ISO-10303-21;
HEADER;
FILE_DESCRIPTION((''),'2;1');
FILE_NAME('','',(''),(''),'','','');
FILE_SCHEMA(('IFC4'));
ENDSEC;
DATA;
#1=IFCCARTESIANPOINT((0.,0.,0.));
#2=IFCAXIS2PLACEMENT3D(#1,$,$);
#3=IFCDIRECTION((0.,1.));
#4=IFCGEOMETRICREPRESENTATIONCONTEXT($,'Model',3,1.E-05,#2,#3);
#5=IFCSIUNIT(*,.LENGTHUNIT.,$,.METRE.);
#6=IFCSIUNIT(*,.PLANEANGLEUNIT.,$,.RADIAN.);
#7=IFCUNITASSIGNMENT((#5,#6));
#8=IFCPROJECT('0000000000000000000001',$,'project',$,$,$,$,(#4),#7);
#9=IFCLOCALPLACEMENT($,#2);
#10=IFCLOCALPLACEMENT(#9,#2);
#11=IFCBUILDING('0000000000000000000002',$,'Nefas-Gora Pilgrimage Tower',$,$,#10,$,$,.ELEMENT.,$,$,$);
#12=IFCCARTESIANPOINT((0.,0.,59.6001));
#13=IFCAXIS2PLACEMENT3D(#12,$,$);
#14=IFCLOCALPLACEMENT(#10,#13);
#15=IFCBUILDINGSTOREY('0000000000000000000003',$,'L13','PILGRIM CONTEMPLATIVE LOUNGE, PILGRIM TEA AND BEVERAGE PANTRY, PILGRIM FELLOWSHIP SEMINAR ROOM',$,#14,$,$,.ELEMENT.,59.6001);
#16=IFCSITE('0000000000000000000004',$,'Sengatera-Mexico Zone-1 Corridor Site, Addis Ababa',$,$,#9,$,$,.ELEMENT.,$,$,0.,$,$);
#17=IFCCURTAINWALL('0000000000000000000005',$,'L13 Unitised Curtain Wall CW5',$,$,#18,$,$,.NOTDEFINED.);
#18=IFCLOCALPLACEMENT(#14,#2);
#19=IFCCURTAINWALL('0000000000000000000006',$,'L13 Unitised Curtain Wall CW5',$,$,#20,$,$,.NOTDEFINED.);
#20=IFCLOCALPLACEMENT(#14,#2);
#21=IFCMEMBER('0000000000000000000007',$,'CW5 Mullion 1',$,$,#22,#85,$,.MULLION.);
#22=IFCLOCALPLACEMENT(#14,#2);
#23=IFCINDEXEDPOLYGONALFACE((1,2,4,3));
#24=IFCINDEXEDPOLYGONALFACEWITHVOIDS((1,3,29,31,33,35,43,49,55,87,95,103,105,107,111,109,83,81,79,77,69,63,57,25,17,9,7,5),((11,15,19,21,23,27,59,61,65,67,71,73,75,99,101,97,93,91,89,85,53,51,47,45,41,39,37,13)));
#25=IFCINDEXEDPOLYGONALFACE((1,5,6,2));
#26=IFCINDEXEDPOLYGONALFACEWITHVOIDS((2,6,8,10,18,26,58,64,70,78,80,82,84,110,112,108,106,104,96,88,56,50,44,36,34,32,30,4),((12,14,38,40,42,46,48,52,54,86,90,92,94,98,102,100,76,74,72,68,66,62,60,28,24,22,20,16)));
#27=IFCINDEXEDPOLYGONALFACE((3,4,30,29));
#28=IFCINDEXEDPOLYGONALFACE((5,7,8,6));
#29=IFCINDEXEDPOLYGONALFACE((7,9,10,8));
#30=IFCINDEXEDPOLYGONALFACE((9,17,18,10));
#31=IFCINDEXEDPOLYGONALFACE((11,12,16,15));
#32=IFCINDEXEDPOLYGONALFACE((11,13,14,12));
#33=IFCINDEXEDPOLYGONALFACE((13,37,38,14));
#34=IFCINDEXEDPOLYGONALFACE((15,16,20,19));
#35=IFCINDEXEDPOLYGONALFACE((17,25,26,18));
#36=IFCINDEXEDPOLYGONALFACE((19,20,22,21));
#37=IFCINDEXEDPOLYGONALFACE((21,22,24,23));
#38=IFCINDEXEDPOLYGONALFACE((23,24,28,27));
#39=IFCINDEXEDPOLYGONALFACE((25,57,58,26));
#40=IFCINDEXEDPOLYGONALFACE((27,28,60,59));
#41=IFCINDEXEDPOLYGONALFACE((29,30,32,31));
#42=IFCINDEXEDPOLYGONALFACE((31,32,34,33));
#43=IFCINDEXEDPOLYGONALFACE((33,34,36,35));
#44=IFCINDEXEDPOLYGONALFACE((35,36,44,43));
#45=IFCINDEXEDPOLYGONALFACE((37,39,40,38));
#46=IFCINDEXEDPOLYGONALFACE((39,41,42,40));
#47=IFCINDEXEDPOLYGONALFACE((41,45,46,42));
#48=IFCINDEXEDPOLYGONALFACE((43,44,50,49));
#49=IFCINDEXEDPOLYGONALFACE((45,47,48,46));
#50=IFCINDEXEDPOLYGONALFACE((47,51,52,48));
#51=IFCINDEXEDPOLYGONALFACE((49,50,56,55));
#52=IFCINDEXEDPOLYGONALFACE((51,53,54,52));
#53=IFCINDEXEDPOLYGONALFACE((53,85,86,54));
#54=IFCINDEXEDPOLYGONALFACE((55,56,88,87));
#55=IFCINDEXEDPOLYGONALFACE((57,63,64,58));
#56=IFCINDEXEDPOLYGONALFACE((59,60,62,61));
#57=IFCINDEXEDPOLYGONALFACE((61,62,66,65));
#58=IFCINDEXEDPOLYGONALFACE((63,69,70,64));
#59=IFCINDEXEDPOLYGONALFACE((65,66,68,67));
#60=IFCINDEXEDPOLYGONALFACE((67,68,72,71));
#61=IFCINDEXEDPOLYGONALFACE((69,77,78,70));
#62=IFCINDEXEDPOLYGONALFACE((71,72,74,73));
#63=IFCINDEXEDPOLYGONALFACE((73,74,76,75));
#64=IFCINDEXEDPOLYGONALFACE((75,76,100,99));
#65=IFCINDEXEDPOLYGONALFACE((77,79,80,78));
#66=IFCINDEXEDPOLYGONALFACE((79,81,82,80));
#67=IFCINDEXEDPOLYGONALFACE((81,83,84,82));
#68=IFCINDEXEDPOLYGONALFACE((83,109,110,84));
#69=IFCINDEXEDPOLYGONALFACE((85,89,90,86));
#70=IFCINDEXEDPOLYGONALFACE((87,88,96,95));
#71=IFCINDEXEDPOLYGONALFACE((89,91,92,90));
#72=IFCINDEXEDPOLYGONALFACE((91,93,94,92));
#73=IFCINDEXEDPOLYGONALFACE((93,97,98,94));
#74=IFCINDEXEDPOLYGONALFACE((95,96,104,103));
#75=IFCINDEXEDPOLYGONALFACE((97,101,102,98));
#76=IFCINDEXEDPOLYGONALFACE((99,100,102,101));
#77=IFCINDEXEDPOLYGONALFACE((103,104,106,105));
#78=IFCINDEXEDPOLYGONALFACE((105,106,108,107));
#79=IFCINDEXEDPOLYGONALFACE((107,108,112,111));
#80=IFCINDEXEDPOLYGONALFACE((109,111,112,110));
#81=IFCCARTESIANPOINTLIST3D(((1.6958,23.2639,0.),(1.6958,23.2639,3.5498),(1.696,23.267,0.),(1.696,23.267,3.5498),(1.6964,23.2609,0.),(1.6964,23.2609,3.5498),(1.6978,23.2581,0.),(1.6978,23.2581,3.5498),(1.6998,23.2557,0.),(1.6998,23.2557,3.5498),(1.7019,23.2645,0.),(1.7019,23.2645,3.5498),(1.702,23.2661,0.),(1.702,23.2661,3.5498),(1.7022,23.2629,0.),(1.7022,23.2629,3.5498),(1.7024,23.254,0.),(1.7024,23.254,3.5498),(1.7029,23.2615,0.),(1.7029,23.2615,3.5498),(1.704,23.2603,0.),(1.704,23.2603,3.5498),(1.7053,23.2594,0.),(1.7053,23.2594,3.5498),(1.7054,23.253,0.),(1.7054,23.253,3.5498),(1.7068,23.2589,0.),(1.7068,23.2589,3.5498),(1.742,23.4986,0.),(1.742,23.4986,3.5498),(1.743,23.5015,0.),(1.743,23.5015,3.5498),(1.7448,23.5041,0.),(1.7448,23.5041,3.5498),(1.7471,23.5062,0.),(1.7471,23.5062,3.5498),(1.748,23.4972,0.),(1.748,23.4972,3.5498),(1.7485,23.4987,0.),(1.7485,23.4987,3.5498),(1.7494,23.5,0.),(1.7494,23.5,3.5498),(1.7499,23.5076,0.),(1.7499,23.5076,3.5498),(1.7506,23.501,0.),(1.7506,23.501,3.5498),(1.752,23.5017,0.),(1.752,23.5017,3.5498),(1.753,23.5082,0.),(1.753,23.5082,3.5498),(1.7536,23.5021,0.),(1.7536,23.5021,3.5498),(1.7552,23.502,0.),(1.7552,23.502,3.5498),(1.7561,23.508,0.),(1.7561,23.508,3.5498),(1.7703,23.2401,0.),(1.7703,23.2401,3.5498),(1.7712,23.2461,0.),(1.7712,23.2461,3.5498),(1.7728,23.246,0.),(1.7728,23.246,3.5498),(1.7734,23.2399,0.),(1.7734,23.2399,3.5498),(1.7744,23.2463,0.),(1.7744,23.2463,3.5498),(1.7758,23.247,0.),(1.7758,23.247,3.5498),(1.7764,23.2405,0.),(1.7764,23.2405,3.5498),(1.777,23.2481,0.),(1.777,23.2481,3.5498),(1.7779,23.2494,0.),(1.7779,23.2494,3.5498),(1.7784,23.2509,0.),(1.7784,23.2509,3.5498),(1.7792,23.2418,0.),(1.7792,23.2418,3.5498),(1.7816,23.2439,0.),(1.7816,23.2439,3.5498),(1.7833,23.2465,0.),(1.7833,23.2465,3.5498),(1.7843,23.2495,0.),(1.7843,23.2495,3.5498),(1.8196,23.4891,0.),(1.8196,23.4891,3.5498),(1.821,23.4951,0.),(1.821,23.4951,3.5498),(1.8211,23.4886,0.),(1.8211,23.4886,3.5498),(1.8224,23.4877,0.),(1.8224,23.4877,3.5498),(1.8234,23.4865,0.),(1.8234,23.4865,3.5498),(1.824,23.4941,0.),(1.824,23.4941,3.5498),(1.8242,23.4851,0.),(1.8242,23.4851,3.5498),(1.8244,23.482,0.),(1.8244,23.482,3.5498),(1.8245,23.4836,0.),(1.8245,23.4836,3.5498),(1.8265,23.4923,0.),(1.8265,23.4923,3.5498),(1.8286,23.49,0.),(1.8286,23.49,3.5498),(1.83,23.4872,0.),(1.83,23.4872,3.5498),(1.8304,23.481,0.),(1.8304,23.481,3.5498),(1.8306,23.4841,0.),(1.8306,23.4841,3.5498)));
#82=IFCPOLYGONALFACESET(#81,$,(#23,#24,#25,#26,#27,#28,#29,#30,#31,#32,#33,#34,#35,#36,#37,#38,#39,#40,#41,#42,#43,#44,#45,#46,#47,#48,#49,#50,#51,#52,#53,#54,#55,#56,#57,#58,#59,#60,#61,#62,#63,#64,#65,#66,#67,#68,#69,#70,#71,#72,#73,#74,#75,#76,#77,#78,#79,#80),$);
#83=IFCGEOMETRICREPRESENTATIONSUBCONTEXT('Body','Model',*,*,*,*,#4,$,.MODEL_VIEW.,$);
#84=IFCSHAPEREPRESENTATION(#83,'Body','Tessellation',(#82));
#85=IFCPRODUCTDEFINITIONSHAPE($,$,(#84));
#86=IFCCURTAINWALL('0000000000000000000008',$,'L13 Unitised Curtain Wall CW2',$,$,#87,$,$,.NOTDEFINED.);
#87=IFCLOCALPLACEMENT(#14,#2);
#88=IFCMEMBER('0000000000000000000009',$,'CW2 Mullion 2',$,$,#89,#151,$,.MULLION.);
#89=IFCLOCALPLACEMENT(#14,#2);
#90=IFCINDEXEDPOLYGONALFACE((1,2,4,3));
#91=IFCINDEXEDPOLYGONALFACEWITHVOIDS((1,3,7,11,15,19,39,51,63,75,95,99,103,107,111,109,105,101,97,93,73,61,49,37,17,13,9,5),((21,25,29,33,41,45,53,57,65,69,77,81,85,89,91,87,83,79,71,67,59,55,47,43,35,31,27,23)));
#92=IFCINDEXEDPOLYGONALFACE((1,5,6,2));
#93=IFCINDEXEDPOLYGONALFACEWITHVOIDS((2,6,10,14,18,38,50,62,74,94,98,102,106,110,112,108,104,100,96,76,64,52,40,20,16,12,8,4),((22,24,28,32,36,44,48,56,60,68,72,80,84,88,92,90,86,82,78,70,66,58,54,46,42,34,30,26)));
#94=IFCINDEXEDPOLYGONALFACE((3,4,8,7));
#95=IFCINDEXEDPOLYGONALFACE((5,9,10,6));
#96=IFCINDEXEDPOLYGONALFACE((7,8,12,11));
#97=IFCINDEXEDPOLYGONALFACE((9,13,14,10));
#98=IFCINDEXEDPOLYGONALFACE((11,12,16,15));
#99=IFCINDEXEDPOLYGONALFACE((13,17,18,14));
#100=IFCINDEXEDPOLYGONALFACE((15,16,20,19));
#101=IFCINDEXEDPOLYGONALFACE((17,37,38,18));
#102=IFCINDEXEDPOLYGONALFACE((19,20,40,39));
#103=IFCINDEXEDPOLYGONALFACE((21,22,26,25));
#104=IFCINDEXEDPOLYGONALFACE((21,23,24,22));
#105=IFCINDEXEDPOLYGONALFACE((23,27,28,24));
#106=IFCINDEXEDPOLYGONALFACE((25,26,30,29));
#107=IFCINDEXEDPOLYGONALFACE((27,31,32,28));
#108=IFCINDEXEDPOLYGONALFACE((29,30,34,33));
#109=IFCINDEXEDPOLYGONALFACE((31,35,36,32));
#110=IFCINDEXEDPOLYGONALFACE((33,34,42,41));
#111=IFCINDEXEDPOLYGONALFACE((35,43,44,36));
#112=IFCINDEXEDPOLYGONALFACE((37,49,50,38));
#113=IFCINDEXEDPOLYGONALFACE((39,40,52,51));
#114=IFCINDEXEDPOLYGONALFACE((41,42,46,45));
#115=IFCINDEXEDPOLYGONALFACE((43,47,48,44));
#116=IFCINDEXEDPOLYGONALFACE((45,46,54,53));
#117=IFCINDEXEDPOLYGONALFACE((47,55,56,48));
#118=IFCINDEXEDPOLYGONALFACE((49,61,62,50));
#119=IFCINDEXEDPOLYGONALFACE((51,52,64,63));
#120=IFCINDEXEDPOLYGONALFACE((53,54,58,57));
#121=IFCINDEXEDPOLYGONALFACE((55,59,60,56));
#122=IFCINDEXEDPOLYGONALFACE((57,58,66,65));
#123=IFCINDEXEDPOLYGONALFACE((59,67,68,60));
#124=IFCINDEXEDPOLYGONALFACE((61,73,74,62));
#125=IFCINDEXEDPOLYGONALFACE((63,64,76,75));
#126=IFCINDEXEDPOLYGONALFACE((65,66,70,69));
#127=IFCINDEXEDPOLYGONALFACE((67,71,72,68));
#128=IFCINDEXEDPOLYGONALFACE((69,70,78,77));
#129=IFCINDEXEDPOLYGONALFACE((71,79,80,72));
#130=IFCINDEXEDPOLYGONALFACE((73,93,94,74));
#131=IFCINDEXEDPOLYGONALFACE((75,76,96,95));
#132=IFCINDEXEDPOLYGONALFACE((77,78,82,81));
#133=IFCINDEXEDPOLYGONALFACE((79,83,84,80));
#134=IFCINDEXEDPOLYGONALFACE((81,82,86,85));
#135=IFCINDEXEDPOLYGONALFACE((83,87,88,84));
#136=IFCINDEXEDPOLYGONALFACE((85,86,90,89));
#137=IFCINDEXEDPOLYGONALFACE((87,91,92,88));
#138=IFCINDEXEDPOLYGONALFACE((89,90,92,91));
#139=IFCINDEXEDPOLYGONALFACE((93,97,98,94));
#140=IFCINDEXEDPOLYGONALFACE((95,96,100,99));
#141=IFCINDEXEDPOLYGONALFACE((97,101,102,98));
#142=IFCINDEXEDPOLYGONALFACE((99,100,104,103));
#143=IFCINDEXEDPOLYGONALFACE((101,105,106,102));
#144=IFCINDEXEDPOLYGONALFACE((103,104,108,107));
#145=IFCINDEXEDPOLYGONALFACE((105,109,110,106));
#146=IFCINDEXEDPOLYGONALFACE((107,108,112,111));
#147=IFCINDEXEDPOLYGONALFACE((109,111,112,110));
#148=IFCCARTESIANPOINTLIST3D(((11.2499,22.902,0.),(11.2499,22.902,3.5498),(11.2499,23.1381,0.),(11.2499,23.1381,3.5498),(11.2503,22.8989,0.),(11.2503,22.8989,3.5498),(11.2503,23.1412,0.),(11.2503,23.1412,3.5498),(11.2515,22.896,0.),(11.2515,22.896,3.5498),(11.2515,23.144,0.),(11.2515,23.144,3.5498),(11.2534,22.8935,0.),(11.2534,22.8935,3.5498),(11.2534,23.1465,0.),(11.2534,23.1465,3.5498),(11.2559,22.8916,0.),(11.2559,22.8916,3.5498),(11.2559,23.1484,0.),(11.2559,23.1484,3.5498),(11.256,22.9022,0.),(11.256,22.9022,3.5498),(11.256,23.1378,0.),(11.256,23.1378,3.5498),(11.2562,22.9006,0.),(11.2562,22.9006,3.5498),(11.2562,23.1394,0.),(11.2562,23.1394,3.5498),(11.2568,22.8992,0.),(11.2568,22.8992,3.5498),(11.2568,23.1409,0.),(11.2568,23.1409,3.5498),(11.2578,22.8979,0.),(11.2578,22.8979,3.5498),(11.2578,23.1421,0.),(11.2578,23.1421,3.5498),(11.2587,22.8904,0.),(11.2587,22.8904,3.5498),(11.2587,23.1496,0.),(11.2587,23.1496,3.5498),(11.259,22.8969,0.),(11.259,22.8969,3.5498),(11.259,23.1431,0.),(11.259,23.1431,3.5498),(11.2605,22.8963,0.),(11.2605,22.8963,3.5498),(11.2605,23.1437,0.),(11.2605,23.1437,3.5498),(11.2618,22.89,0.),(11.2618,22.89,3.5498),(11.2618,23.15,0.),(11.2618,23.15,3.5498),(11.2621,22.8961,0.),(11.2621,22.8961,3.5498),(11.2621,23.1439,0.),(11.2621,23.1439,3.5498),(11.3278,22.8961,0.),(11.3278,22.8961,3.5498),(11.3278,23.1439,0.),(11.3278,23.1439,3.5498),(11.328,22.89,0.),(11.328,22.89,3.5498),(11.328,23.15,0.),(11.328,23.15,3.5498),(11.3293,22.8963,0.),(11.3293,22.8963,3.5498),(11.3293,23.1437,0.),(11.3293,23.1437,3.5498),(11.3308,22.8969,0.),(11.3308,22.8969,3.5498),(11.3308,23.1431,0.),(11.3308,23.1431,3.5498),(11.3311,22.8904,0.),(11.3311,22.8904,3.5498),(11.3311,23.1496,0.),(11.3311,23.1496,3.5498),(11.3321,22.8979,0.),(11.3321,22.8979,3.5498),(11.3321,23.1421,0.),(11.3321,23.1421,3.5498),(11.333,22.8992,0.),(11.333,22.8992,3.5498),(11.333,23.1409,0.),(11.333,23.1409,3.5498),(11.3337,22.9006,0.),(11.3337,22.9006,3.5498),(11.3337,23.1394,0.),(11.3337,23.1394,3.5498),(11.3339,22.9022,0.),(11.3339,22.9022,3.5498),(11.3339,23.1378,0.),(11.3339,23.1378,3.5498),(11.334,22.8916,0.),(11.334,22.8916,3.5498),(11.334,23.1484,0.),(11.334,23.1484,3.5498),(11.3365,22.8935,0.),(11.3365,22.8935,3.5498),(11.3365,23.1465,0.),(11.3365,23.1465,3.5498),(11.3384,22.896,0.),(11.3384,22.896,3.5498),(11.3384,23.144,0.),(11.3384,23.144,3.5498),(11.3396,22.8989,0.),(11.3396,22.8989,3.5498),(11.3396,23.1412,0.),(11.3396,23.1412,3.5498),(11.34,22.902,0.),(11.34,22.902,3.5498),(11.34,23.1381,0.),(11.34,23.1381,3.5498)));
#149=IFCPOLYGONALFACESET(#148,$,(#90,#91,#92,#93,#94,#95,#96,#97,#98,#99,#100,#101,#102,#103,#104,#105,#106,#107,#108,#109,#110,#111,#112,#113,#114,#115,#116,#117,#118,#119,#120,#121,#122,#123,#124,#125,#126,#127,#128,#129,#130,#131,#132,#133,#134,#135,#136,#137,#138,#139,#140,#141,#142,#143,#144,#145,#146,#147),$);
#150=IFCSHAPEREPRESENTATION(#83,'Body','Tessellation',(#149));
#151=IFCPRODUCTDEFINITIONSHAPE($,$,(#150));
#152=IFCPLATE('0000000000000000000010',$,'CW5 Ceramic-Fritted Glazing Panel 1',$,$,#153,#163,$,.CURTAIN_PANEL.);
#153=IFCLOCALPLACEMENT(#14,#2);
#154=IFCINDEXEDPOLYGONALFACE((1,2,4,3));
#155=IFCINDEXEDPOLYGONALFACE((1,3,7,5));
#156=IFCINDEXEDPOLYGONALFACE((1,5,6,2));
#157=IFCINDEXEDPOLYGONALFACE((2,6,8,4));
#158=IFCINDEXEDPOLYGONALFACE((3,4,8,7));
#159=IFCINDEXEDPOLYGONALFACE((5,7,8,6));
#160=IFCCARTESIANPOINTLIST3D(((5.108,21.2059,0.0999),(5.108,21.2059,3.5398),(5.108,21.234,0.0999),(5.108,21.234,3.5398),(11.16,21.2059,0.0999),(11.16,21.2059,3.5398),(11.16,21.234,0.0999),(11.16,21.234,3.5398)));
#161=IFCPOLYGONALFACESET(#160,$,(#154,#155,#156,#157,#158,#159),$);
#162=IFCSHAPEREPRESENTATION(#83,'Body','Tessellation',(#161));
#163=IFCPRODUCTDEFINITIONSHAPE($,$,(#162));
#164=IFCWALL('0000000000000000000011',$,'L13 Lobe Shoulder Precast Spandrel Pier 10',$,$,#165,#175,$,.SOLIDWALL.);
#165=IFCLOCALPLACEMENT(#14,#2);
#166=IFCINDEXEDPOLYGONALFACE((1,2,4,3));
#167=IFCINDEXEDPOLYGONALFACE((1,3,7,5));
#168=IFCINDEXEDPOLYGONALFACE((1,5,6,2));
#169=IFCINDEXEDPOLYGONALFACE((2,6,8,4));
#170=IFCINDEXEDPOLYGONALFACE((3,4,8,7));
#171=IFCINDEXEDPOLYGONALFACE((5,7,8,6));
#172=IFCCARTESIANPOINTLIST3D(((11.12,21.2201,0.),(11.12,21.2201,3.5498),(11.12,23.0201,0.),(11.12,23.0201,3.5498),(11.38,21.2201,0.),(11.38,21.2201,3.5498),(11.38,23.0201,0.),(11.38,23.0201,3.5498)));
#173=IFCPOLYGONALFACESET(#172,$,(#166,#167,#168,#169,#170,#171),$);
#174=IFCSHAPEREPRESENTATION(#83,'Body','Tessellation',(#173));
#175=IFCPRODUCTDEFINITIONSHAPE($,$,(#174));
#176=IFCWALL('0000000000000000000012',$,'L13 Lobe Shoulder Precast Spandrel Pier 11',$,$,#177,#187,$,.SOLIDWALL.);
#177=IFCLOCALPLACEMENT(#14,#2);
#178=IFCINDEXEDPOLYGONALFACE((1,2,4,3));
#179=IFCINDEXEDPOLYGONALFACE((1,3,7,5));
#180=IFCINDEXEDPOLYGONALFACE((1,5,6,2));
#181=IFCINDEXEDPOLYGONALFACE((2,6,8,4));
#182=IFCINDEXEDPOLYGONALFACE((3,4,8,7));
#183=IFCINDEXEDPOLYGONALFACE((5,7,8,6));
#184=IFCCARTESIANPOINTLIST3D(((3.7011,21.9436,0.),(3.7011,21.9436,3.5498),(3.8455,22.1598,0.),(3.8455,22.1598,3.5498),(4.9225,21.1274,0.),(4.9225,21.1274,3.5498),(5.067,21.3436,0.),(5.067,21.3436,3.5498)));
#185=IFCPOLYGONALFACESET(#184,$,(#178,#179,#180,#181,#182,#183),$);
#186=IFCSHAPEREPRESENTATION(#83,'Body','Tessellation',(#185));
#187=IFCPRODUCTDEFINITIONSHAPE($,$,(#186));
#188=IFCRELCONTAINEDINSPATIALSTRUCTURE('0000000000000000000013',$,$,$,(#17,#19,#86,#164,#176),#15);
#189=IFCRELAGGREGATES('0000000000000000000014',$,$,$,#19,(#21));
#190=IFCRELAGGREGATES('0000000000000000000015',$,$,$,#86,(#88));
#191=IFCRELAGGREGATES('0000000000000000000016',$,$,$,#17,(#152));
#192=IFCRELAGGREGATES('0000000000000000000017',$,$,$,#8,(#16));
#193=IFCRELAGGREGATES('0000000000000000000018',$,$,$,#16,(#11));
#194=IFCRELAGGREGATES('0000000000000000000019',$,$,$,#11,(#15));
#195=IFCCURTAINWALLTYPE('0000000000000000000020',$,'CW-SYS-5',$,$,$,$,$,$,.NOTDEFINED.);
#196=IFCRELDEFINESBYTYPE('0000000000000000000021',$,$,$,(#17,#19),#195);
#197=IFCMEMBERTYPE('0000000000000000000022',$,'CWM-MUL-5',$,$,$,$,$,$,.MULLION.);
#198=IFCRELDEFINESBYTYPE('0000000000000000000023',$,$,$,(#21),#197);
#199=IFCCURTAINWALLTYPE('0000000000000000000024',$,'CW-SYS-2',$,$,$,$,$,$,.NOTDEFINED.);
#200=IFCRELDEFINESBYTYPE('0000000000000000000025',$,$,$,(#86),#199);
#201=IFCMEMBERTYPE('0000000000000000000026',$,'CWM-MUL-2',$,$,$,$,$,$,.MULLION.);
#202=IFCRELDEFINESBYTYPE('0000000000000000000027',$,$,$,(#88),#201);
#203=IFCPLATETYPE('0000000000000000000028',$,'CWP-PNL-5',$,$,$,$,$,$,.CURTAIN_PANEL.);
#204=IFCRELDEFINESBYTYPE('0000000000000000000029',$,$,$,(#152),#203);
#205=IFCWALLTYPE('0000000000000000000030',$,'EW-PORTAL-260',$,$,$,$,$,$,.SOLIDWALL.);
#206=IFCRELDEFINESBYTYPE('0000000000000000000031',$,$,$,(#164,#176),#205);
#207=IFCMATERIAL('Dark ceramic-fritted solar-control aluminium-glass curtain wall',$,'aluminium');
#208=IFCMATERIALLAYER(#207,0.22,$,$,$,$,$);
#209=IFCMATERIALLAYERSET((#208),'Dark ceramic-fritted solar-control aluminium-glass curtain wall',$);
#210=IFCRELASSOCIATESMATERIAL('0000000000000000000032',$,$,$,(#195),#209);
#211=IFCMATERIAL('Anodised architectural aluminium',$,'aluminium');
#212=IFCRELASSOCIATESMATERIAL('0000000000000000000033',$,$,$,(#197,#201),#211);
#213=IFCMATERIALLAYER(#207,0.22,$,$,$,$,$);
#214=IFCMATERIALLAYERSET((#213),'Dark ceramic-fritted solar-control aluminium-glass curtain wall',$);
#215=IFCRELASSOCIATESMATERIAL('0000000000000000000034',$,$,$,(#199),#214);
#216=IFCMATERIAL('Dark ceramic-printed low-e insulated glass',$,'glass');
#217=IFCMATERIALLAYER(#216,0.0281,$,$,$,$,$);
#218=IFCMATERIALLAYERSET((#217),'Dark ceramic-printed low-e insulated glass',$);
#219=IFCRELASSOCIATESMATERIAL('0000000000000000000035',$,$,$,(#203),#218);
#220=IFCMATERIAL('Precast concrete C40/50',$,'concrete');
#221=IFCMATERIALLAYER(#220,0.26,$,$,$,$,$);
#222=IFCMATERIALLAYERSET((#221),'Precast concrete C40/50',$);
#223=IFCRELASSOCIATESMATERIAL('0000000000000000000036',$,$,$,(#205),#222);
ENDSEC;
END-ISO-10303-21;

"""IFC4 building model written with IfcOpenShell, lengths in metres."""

from ifc_helpers import new_model, si_unit, direction, frame, frame_2d, origin, origin_2d, place, context, subcontext, project, spatial, rectangle, hollow_rectangle, extrude, source, transform, mapped, material, layer, layer_set, material_profile, profile_set, type_object, element, aggregate, save


model = new_model("IFC4")

# Units and contexts
model_context = context("Model", 3, precision=1e-05, world=origin(), true_north=direction((0.0, 1.0)))
body_context = subcontext(model_context, "Body", "Model", "MODEL_VIEW")
ifc_project = project(units=[si_unit("LENGTHUNIT", "METRE"), si_unit("PLANEANGLEUNIT", "RADIAN")], contexts=[model_context])

# Site, building, storey
site_placement = place(None, origin())
site = spatial("IfcSite", under=ifc_project, at=site_placement, Name="Sengatera-Mexico Zone-1 Corridor Site, Addis Ababa", CompositionType="ELEMENT", RefElevation=0.0)
building_placement = place(site_placement, origin())
building = spatial("IfcBuilding", under=site, at=building_placement, Name="Nefas-Gora Pilgrimage Tower", CompositionType="ELEMENT")
storey_placement = place(building_placement, frame((0.0, 0.0, 59.6001)))
storey = spatial("IfcBuildingStorey", under=building, at=storey_placement, Name="L13", Description="PILGRIM CONTEMPLATIVE LOUNGE, PILGRIM TEA AND BEVERAGE PANTRY, PILGRIM FELLOWSHIP SEMINAR ROOM", CompositionType="ELEMENT", Elevation=59.6001)

# Curtain walls
ifc_material_1 = material(Name="Dark ceramic-fritted solar-control aluminium-glass curtain wall", Category="aluminium")
ifc_layer_1 = layer(ifc_material_1, 0.22)
ifc_layer_set_1 = layer_set([ifc_layer_1], Name="Dark ceramic-fritted solar-control aluminium-glass curtain wall")
curtain_wall_type_1 = type_object("IfcCurtainWallType", Name="CW-SYS-5", PredefinedType="NOTDEFINED", material=ifc_layer_set_1)
curtain_wall_1_placement = place(storey_placement, origin())
curtain_wall_1 = element("IfcCurtainWall", 1, at=curtain_wall_1_placement, inside=storey, type_object=curtain_wall_type_1, Name="L13 Unitised Curtain Wall CW5", PredefinedType="NOTDEFINED")
ifc_material_2 = material(Name="Anodised architectural aluminium", Category="aluminium")
curtain_wall_2_placement = place(storey_placement, origin())
curtain_wall_2 = element("IfcCurtainWall", 2, at=curtain_wall_2_placement, inside=storey, type_object=curtain_wall_type_1, Name="L13 Unitised Curtain Wall CW5", PredefinedType="NOTDEFINED")

# Member
ifc_material_profile_1 = material_profile(ifc_material_2, hollow_rectangle(XDim=0.0901, YDim=0.26, WallThickness=0.0061, InnerFilletRadius=0.0061, OuterFilletRadius=0.012, at=origin_2d()), Name="ALU MULLION 90x260")
ifc_profile_set_1 = profile_set([ifc_material_profile_1], Name="Anodised architectural aluminium")
member_type_1 = type_object("IfcMemberType", Name="CWM-MUL-5", PredefinedType="MULLION", material=ifc_profile_set_1)
shared_shape_1 = source(origin(), body_context, "Body", "SweptSolid", [
    extrude(hollow_rectangle(XDim=0.0901, YDim=0.26, WallThickness=0.0061, InnerFilletRadius=0.0061, OuterFilletRadius=0.012, at=origin_2d()), origin(), (0.0, 0.0, 1.0), 3.5498),
])
member_1_placement = place(storey_placement, frame((1.7632, 23.374, 0.0), z_axis=(0.0, 0.0, 1.0), x_axis=(-0.980783, 0.195102, 0.0)))
member_1 = element("IfcMember", 3, at=member_1_placement, type_object=member_type_1, Name="CW5 Mullion 1", PredefinedType="MULLION", context=body_context, shape_type="MappedRepresentation", body=[
    mapped(shared_shape_1, transform((0.0, 0.0, 0.0), x_axis=(1.0, 0.0, 0.0), y_axis=(0.0, 1.0, 0.0), z_axis=(0.0, 0.0, 1.0), scale=1.0)),
])
aggregate(curtain_wall_2, [member_1])

# Curtain wall, member
ifc_layer_2 = layer(ifc_material_1, 0.22)
ifc_layer_set_2 = layer_set([ifc_layer_2], Name="Dark ceramic-fritted solar-control aluminium-glass curtain wall")
curtain_wall_type_2 = type_object("IfcCurtainWallType", Name="CW-SYS-2", PredefinedType="NOTDEFINED", material=ifc_layer_set_2)
curtain_wall_3_placement = place(storey_placement, origin())
curtain_wall_3 = element("IfcCurtainWall", 4, at=curtain_wall_3_placement, inside=storey, type_object=curtain_wall_type_2, Name="L13 Unitised Curtain Wall CW2", PredefinedType="NOTDEFINED")
ifc_material_profile_2 = material_profile(ifc_material_2, hollow_rectangle(XDim=0.0901, YDim=0.26, WallThickness=0.0061, InnerFilletRadius=0.0061, OuterFilletRadius=0.012, at=origin_2d()), Name="ALU MULLION 90x260")
ifc_profile_set_2 = profile_set([ifc_material_profile_2], Name="Anodised architectural aluminium")
member_type_2 = type_object("IfcMemberType", Name="CWM-MUL-2", PredefinedType="MULLION", material=ifc_profile_set_2)
shared_shape_2 = source(origin(), body_context, "Body", "SweptSolid", [
    extrude(hollow_rectangle(XDim=0.0901, YDim=0.26, WallThickness=0.0061, InnerFilletRadius=0.0061, OuterFilletRadius=0.012, at=origin_2d()), origin(), (0.0, 0.0, 1.0), 3.5498),
])
member_2_placement = place(storey_placement, frame((11.2949, 23.02, 0.0), z_axis=(0.0, 0.0, 1.0), x_axis=(-1.0, 0.0, 0.0)))
member_2 = element("IfcMember", 5, at=member_2_placement, type_object=member_type_2, Name="CW2 Mullion 2", PredefinedType="MULLION", context=body_context, shape_type="MappedRepresentation", body=[
    mapped(shared_shape_2, transform((0.0, 0.0, 0.0), x_axis=(1.0, 0.0, 0.0), y_axis=(0.0, 1.0, 0.0), z_axis=(0.0, 0.0, 1.0), scale=1.0)),
])
aggregate(curtain_wall_3, [member_2])

# Plate
ifc_material_3 = material(Name="Dark ceramic-printed low-e insulated glass", Category="glass")
ifc_layer_3 = layer(ifc_material_3, 0.0281)
ifc_layer_set_3 = layer_set([ifc_layer_3], Name="Dark ceramic-printed low-e insulated glass")
plate_type = type_object("IfcPlateType", Name="CWP-PNL-5", PredefinedType="CURTAIN_PANEL", material=ifc_layer_set_3)
shared_shape_3 = source(origin(), body_context, "Body", "SweptSolid", [
    extrude(rectangle(XDim=6.052, YDim=0.0281, at=origin_2d()), origin(), (0.0, 0.0, 1.0), 3.4399),
])
plate_placement = place(storey_placement, frame((8.134, 21.22, 0.0999), z_axis=(0.0, 0.0, 1.0), x_axis=(-1.0, 0.0, 0.0)))
plate = element("IfcPlate", 6, at=plate_placement, type_object=plate_type, Name="CW5 Ceramic-Fritted Glazing Panel 1", PredefinedType="CURTAIN_PANEL", context=body_context, shape_type="MappedRepresentation", body=[
    mapped(shared_shape_3, transform((0.0, 0.0, 0.0), x_axis=(1.0, 0.0, 0.0), y_axis=(0.0, 1.0, 0.0), z_axis=(0.0, 0.0, 1.0), scale=1.0)),
])
aggregate(curtain_wall_1, [plate])

# Walls
ifc_material_4 = material(Name="Precast concrete C40/50", Category="concrete")
ifc_layer_4 = layer(ifc_material_4, 0.26)
ifc_layer_set_4 = layer_set([ifc_layer_4], Name="Precast concrete C40/50")
wall_type_1 = type_object("IfcWallType", Name="EW-PORTAL-260", PredefinedType="SOLIDWALL", material=ifc_layer_set_4)
shared_shape_4 = source(origin(), body_context, "Body", "SweptSolid", [
    extrude(rectangle(XDim=1.8, YDim=0.26, at=frame_2d((0.8999, 0.0))), origin(), (0.0, 0.0, 1.0), 3.5498),
])
wall_1_placement = place(storey_placement, frame((11.25, 23.02, 0.0), z_axis=(0.0, 0.0, 1.0), x_axis=(0.0, -1.0, 0.0)))
element("IfcWall", 7, at=wall_1_placement, inside=storey, type_object=wall_type_1, Name="L13 Lobe Shoulder Precast Spandrel Pier 10", PredefinedType="SOLIDWALL", context=body_context, shape_type="MappedRepresentation", body=[
    mapped(shared_shape_4, transform((0.0, 0.0, 0.0), x_axis=(1.0, 0.0, 0.0), y_axis=(0.0, 1.0, 0.0), z_axis=(0.0, 0.0, 1.0), scale=1.0)),
])
shared_shape_5 = source(origin(), body_context, "Body", "SweptSolid", [
    extrude(rectangle(XDim=1.469, YDim=0.26, at=frame_2d((0.7344, 0.0))), origin(), (0.0, 0.0, 1.0), 3.5498),
])
wall_2_placement = place(storey_placement, frame((4.9946, 21.2356, 0.0), z_axis=(0.0, 0.0, 1.0), x_axis=(-0.831462, 0.555582, 0.0)))
element("IfcWall", 8, at=wall_2_placement, inside=storey, type_object=wall_type_1, Name="L13 Lobe Shoulder Precast Spandrel Pier 11", PredefinedType="SOLIDWALL", context=body_context, shape_type="MappedRepresentation", body=[
    mapped(shared_shape_5, transform((0.0, 0.0, 0.0), x_axis=(1.0, 0.0, 0.0), y_axis=(0.0, 1.0, 0.0), z_axis=(0.0, 0.0, 1.0), scale=1.0)),
])

save(model, "model.ifc")
